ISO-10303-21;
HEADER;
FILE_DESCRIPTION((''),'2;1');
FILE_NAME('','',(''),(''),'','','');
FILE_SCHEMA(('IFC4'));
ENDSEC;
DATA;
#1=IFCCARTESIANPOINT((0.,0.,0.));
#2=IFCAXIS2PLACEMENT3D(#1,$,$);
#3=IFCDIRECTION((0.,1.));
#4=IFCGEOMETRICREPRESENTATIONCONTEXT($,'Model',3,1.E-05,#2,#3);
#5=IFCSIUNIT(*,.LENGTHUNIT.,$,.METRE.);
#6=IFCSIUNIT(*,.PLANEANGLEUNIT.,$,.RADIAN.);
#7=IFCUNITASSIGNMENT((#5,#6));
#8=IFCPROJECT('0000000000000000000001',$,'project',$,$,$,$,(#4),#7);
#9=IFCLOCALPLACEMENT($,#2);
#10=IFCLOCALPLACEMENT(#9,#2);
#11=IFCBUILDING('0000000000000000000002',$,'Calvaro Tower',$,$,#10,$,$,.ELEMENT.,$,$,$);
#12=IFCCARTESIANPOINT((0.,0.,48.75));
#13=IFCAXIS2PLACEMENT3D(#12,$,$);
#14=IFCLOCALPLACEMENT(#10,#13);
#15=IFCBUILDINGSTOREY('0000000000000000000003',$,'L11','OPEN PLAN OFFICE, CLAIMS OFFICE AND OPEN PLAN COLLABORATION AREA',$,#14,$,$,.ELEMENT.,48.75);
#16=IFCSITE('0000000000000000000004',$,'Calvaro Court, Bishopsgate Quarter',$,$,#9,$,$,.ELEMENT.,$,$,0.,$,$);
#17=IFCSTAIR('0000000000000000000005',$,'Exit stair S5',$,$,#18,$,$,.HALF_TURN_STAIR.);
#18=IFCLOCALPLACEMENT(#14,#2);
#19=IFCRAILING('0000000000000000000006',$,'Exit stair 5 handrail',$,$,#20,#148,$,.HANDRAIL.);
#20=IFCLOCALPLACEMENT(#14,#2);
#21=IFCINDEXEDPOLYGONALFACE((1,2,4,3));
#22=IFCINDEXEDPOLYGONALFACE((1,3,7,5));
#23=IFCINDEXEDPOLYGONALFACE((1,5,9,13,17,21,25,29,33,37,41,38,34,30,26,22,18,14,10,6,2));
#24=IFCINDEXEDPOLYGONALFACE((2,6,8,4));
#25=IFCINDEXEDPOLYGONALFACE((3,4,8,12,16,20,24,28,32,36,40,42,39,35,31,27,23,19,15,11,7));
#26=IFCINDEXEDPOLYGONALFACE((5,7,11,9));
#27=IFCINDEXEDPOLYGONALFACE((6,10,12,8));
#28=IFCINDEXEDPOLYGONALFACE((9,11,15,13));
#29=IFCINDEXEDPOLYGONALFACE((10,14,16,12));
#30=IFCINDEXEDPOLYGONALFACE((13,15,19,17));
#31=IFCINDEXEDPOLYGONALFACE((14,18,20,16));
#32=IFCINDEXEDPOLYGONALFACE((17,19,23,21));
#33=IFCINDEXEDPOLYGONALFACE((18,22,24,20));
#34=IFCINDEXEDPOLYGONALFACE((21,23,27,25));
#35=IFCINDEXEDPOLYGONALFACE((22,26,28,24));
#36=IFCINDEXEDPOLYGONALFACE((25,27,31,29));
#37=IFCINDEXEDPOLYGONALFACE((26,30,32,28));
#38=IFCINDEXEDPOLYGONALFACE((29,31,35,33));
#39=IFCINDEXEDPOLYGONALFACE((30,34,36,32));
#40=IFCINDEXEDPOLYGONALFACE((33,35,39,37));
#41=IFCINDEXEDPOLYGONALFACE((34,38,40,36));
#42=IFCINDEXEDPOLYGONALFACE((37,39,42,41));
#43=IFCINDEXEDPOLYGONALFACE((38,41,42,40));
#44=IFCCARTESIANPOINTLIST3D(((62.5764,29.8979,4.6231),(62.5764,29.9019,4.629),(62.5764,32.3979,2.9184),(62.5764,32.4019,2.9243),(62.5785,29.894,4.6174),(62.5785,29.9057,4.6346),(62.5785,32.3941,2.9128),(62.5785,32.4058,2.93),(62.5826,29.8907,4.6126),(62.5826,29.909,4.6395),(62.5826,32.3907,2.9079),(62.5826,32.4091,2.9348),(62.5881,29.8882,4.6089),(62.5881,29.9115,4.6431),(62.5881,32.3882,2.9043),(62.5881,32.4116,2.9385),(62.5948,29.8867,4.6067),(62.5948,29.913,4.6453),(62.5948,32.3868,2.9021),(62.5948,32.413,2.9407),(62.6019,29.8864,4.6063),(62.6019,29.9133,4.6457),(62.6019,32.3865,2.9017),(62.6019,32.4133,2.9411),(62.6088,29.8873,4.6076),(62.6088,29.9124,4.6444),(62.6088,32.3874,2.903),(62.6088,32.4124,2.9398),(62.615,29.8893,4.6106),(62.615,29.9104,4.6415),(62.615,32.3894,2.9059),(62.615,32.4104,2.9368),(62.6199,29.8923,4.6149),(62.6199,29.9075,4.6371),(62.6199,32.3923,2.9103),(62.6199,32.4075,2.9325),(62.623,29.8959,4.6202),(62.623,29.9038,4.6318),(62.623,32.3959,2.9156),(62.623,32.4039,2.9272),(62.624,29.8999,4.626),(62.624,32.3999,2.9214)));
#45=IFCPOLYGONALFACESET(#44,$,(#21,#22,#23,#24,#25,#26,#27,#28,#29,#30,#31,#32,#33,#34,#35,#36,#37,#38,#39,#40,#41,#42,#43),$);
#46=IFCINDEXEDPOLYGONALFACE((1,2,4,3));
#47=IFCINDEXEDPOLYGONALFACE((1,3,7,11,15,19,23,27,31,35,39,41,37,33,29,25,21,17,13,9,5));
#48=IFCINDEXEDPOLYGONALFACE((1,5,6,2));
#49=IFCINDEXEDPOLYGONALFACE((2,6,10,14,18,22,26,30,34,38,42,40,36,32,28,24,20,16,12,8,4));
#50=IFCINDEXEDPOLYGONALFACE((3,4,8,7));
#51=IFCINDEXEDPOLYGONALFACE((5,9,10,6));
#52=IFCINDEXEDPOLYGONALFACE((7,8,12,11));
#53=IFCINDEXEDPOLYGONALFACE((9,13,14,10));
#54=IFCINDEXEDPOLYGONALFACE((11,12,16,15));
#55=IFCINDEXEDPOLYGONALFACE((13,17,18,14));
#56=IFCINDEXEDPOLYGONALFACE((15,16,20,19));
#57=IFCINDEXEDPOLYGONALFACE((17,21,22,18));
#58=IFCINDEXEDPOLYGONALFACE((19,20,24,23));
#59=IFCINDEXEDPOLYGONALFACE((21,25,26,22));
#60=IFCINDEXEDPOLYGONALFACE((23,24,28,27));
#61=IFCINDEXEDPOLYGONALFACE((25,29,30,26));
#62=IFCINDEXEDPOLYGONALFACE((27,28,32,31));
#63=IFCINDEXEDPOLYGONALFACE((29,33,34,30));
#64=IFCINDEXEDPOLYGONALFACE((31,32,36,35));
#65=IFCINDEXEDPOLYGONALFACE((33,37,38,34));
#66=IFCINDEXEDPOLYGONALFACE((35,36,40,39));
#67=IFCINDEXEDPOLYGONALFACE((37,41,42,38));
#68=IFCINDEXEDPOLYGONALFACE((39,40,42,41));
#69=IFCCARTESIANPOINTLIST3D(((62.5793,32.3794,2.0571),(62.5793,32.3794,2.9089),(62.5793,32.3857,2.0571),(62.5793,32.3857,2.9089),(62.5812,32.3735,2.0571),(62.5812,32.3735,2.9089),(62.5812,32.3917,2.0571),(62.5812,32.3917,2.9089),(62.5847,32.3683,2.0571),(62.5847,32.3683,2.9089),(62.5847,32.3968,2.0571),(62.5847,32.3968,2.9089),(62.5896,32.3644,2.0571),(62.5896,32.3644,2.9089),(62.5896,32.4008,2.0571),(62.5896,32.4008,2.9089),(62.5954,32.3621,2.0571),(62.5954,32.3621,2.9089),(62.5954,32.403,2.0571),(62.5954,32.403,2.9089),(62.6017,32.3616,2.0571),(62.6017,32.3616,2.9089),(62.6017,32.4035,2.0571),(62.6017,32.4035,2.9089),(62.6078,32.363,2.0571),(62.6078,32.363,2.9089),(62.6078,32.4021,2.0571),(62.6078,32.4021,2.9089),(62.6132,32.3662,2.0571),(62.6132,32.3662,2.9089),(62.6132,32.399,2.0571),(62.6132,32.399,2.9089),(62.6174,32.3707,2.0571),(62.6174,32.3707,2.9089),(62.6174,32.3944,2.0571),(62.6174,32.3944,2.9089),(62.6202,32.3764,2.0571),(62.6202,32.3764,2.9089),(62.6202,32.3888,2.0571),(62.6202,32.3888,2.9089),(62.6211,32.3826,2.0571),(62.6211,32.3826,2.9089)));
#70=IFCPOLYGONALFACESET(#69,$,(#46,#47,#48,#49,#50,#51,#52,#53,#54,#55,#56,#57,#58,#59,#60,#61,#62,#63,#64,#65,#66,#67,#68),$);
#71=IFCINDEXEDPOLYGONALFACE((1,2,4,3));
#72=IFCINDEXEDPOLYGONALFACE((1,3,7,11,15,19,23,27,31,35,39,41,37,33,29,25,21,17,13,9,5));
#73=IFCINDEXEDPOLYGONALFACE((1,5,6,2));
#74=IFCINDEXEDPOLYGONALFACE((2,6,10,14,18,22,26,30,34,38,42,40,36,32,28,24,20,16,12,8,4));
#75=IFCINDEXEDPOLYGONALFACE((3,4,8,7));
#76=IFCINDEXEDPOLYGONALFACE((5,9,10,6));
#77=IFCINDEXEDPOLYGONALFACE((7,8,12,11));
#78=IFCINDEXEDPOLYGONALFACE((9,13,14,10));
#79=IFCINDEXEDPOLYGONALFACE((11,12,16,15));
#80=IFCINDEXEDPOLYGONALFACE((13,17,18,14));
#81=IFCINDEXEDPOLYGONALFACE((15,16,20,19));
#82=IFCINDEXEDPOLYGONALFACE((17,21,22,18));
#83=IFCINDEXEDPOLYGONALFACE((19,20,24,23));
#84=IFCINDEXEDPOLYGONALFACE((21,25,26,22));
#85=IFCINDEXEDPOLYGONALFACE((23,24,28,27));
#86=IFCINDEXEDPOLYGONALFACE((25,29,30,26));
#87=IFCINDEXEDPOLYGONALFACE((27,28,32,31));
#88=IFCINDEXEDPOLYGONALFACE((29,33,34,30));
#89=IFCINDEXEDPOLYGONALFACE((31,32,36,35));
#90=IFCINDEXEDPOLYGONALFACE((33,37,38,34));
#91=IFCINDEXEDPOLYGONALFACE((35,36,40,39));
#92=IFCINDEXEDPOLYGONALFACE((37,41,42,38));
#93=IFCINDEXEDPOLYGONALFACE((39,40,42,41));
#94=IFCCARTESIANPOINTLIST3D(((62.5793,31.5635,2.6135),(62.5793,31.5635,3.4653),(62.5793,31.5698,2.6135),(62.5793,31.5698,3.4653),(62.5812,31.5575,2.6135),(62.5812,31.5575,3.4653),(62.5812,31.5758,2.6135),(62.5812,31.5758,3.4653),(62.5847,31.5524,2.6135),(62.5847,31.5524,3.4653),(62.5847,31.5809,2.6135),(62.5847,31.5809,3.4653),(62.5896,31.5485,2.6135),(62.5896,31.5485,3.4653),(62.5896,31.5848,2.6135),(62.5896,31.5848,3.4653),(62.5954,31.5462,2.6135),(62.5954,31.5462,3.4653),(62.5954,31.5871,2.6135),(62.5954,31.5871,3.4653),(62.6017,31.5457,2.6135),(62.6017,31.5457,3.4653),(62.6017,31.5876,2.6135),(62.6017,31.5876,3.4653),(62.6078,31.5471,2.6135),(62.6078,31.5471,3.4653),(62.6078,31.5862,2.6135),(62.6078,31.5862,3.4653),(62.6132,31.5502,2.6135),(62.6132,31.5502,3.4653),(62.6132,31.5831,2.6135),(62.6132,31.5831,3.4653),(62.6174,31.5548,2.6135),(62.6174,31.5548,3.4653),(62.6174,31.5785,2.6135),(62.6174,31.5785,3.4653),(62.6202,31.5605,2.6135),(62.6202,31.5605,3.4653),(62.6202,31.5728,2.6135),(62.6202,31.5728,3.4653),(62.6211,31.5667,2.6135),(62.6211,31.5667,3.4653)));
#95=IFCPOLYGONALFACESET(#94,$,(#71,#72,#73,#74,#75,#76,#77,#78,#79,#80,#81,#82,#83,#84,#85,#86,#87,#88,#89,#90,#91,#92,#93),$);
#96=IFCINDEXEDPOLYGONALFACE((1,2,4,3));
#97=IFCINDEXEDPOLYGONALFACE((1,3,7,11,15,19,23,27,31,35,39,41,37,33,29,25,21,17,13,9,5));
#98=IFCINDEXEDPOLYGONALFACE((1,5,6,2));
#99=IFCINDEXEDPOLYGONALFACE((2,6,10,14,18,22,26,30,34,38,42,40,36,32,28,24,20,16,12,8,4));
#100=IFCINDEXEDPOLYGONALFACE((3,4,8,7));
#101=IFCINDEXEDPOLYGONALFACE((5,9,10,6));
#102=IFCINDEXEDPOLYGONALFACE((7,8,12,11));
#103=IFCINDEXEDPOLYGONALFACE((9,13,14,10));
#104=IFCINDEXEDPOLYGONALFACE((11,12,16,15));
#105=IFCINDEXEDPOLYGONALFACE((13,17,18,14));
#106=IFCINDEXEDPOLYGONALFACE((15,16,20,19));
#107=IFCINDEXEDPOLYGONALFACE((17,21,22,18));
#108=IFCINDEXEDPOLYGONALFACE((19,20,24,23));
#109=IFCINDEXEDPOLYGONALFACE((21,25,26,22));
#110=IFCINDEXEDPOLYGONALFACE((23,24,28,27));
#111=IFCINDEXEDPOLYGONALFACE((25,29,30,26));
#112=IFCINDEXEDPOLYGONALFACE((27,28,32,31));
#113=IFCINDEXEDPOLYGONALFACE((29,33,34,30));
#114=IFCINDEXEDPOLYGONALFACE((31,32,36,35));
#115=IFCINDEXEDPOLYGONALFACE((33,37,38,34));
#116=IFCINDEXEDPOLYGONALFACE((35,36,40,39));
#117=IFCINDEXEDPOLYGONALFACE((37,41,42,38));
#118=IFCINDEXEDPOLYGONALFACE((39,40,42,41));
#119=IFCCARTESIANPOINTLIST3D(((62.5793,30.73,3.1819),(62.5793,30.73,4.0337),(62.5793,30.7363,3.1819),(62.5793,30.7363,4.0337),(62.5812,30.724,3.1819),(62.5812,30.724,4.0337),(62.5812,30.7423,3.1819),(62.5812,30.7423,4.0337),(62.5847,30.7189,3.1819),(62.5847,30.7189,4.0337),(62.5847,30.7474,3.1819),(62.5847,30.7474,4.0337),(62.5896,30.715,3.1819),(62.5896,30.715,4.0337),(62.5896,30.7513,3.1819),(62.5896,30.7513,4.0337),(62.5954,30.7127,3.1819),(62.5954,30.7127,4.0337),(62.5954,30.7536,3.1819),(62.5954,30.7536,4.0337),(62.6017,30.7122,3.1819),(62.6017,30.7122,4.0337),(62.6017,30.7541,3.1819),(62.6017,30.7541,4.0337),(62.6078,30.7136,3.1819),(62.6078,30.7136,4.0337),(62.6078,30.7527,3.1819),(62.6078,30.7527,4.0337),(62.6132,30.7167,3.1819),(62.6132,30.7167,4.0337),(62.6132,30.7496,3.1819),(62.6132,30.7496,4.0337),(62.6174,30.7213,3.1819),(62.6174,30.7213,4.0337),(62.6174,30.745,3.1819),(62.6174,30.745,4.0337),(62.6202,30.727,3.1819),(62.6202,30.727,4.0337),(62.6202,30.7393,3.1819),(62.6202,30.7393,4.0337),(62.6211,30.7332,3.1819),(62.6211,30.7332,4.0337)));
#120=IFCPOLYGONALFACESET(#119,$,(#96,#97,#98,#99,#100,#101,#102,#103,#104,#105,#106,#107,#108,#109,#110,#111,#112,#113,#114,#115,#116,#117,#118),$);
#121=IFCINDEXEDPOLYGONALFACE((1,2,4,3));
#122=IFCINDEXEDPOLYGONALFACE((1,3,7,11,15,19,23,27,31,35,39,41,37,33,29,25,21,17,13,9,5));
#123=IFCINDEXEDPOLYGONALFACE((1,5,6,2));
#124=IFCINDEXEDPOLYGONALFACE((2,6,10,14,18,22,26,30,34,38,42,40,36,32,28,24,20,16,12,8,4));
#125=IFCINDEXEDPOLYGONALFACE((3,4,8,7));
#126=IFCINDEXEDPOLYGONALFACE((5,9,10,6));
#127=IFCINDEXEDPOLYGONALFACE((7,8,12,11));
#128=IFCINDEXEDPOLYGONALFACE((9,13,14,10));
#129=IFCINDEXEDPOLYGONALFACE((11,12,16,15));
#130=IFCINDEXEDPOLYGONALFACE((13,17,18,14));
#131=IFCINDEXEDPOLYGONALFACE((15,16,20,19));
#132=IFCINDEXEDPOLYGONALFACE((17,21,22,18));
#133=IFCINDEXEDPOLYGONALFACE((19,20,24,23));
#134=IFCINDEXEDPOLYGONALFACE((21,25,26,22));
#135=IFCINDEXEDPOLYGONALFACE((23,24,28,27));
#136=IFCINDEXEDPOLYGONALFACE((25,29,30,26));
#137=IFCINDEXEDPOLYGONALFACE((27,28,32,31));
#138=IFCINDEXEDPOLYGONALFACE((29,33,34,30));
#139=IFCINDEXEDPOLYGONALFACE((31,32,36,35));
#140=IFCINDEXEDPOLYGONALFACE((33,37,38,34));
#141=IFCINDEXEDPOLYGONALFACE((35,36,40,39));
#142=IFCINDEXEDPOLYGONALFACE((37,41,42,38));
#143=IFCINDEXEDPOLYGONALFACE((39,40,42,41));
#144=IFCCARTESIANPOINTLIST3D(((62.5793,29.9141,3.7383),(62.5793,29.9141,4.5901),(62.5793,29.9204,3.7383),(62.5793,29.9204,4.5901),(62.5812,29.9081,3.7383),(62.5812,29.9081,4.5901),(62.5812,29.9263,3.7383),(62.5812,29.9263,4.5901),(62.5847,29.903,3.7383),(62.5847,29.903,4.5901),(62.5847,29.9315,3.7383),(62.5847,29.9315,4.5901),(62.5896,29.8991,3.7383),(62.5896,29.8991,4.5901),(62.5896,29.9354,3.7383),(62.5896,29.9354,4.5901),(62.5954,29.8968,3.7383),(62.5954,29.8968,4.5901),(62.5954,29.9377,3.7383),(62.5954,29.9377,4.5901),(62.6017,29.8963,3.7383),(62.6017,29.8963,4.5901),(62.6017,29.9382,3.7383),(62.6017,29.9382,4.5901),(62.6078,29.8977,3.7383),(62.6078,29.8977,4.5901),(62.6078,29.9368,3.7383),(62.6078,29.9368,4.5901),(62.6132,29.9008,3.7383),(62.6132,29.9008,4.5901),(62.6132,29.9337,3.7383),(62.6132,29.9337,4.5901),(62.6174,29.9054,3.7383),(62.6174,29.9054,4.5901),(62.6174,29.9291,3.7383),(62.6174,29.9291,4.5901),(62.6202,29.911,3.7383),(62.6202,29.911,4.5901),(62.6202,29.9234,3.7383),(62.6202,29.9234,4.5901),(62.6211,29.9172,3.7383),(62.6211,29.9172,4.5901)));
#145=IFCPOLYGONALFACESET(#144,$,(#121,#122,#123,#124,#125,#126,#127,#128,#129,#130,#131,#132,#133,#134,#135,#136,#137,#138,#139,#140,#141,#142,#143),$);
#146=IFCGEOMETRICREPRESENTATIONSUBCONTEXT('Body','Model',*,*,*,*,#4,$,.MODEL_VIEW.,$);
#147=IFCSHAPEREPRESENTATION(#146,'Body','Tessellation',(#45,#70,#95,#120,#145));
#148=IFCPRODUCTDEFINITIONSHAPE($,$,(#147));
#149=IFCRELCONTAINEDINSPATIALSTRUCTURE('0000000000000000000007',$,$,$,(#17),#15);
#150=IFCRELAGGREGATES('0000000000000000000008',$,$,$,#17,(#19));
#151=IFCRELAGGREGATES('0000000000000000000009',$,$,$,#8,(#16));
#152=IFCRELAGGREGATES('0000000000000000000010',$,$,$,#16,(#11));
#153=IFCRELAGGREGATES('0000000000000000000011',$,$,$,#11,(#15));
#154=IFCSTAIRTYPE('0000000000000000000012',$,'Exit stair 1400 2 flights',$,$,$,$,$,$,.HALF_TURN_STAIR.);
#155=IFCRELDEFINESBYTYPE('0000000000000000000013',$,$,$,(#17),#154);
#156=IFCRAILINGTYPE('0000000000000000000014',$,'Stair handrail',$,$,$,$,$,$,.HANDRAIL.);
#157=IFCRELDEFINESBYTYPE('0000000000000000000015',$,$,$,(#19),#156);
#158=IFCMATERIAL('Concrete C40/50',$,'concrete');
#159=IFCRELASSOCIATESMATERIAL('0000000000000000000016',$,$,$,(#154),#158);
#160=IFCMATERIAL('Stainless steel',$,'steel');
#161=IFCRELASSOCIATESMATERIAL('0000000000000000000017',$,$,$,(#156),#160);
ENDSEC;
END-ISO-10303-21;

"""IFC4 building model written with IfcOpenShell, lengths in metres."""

from ifc_helpers import new_model, si_unit, direction, frame, origin, origin_2d, place, context, subcontext, project, spatial, circle, extrude, material, type_object, element, aggregate, save


model = new_model("IFC4")

# Units and contexts
model_context = context("Model", 3, precision=1e-05, world=origin(), true_north=direction((0.0, 1.0)))
body_context = subcontext(model_context, "Body", "Model", "MODEL_VIEW")
ifc_project = project(units=[si_unit("LENGTHUNIT", "METRE"), si_unit("PLANEANGLEUNIT", "RADIAN")], contexts=[model_context])

# Site, building, storey
site_placement = place(None, origin())
site = spatial("IfcSite", under=ifc_project, at=site_placement, Name="Calvaro Court, Bishopsgate Quarter", CompositionType="ELEMENT", RefElevation=0.0)
building_placement = place(site_placement, origin())
building = spatial("IfcBuilding", under=site, at=building_placement, Name="Calvaro Tower", CompositionType="ELEMENT")
storey_placement = place(building_placement, frame((0.0, 0.0, 48.75)))
storey = spatial("IfcBuildingStorey", under=building, at=storey_placement, Name="L11", Description="OPEN PLAN OFFICE, CLAIMS OFFICE AND OPEN PLAN COLLABORATION AREA", CompositionType="ELEMENT", Elevation=48.75)

# Stair
ifc_material_1 = material(Name="Concrete C40/50", Category="concrete")
stair_type = type_object("IfcStairType", Name="Exit stair 1400 2 flights", PredefinedType="HALF_TURN_STAIR", material=ifc_material_1)
stair_1_placement = place(storey_placement, origin())
stair_1 = element("IfcStair", 1, at=stair_1_placement, inside=storey, type_object=stair_type, Name="Exit stair S5", PredefinedType="HALF_TURN_STAIR")

# Shared definitions
ifc_material_2 = material(Name="Stainless steel", Category="steel")
railing_type = type_object("IfcRailingType", Name="Stair handrail", PredefinedType="HANDRAIL", material=ifc_material_2)

# Railing
railing_1_placement = place(storey_placement, frame((62.6001, 32.3999, 2.0454)))
railing_1 = element("IfcRailing", 2, at=railing_1_placement, type_object=railing_type, Name="Exit stair 5 handrail", PredefinedType="HANDRAIL", context=body_context, shape_type="SweptSolid", body=[
    extrude(circle(Radius=0.0239, at=origin_2d()), frame((0.0, 0.0, 0.876), z_axis=(0.0, -0.826221, 0.563347), x_axis=(1.0, 0.0, 0.0)), (0.0, 0.0, 1.0), 3.0259),
    extrude(circle(Radius=0.021, at=origin_2d()), frame((0.0, -0.0173, 0.0117)), (0.0, 0.0, 1.0), 0.8518),
    extrude(circle(Radius=0.021, at=origin_2d()), frame((0.0, -0.8333, 0.5681)), (0.0, 0.0, 1.0), 0.8518),
    extrude(circle(Radius=0.021, at=origin_2d()), frame((0.0, -1.6667, 1.1365)), (0.0, 0.0, 1.0), 0.8518),
    extrude(circle(Radius=0.021, at=origin_2d()), frame((0.0, -2.4827, 1.6929)), (0.0, 0.0, 1.0), 0.8518),
])
aggregate(stair_1, [railing_1])

save(model, "model.ifc")
